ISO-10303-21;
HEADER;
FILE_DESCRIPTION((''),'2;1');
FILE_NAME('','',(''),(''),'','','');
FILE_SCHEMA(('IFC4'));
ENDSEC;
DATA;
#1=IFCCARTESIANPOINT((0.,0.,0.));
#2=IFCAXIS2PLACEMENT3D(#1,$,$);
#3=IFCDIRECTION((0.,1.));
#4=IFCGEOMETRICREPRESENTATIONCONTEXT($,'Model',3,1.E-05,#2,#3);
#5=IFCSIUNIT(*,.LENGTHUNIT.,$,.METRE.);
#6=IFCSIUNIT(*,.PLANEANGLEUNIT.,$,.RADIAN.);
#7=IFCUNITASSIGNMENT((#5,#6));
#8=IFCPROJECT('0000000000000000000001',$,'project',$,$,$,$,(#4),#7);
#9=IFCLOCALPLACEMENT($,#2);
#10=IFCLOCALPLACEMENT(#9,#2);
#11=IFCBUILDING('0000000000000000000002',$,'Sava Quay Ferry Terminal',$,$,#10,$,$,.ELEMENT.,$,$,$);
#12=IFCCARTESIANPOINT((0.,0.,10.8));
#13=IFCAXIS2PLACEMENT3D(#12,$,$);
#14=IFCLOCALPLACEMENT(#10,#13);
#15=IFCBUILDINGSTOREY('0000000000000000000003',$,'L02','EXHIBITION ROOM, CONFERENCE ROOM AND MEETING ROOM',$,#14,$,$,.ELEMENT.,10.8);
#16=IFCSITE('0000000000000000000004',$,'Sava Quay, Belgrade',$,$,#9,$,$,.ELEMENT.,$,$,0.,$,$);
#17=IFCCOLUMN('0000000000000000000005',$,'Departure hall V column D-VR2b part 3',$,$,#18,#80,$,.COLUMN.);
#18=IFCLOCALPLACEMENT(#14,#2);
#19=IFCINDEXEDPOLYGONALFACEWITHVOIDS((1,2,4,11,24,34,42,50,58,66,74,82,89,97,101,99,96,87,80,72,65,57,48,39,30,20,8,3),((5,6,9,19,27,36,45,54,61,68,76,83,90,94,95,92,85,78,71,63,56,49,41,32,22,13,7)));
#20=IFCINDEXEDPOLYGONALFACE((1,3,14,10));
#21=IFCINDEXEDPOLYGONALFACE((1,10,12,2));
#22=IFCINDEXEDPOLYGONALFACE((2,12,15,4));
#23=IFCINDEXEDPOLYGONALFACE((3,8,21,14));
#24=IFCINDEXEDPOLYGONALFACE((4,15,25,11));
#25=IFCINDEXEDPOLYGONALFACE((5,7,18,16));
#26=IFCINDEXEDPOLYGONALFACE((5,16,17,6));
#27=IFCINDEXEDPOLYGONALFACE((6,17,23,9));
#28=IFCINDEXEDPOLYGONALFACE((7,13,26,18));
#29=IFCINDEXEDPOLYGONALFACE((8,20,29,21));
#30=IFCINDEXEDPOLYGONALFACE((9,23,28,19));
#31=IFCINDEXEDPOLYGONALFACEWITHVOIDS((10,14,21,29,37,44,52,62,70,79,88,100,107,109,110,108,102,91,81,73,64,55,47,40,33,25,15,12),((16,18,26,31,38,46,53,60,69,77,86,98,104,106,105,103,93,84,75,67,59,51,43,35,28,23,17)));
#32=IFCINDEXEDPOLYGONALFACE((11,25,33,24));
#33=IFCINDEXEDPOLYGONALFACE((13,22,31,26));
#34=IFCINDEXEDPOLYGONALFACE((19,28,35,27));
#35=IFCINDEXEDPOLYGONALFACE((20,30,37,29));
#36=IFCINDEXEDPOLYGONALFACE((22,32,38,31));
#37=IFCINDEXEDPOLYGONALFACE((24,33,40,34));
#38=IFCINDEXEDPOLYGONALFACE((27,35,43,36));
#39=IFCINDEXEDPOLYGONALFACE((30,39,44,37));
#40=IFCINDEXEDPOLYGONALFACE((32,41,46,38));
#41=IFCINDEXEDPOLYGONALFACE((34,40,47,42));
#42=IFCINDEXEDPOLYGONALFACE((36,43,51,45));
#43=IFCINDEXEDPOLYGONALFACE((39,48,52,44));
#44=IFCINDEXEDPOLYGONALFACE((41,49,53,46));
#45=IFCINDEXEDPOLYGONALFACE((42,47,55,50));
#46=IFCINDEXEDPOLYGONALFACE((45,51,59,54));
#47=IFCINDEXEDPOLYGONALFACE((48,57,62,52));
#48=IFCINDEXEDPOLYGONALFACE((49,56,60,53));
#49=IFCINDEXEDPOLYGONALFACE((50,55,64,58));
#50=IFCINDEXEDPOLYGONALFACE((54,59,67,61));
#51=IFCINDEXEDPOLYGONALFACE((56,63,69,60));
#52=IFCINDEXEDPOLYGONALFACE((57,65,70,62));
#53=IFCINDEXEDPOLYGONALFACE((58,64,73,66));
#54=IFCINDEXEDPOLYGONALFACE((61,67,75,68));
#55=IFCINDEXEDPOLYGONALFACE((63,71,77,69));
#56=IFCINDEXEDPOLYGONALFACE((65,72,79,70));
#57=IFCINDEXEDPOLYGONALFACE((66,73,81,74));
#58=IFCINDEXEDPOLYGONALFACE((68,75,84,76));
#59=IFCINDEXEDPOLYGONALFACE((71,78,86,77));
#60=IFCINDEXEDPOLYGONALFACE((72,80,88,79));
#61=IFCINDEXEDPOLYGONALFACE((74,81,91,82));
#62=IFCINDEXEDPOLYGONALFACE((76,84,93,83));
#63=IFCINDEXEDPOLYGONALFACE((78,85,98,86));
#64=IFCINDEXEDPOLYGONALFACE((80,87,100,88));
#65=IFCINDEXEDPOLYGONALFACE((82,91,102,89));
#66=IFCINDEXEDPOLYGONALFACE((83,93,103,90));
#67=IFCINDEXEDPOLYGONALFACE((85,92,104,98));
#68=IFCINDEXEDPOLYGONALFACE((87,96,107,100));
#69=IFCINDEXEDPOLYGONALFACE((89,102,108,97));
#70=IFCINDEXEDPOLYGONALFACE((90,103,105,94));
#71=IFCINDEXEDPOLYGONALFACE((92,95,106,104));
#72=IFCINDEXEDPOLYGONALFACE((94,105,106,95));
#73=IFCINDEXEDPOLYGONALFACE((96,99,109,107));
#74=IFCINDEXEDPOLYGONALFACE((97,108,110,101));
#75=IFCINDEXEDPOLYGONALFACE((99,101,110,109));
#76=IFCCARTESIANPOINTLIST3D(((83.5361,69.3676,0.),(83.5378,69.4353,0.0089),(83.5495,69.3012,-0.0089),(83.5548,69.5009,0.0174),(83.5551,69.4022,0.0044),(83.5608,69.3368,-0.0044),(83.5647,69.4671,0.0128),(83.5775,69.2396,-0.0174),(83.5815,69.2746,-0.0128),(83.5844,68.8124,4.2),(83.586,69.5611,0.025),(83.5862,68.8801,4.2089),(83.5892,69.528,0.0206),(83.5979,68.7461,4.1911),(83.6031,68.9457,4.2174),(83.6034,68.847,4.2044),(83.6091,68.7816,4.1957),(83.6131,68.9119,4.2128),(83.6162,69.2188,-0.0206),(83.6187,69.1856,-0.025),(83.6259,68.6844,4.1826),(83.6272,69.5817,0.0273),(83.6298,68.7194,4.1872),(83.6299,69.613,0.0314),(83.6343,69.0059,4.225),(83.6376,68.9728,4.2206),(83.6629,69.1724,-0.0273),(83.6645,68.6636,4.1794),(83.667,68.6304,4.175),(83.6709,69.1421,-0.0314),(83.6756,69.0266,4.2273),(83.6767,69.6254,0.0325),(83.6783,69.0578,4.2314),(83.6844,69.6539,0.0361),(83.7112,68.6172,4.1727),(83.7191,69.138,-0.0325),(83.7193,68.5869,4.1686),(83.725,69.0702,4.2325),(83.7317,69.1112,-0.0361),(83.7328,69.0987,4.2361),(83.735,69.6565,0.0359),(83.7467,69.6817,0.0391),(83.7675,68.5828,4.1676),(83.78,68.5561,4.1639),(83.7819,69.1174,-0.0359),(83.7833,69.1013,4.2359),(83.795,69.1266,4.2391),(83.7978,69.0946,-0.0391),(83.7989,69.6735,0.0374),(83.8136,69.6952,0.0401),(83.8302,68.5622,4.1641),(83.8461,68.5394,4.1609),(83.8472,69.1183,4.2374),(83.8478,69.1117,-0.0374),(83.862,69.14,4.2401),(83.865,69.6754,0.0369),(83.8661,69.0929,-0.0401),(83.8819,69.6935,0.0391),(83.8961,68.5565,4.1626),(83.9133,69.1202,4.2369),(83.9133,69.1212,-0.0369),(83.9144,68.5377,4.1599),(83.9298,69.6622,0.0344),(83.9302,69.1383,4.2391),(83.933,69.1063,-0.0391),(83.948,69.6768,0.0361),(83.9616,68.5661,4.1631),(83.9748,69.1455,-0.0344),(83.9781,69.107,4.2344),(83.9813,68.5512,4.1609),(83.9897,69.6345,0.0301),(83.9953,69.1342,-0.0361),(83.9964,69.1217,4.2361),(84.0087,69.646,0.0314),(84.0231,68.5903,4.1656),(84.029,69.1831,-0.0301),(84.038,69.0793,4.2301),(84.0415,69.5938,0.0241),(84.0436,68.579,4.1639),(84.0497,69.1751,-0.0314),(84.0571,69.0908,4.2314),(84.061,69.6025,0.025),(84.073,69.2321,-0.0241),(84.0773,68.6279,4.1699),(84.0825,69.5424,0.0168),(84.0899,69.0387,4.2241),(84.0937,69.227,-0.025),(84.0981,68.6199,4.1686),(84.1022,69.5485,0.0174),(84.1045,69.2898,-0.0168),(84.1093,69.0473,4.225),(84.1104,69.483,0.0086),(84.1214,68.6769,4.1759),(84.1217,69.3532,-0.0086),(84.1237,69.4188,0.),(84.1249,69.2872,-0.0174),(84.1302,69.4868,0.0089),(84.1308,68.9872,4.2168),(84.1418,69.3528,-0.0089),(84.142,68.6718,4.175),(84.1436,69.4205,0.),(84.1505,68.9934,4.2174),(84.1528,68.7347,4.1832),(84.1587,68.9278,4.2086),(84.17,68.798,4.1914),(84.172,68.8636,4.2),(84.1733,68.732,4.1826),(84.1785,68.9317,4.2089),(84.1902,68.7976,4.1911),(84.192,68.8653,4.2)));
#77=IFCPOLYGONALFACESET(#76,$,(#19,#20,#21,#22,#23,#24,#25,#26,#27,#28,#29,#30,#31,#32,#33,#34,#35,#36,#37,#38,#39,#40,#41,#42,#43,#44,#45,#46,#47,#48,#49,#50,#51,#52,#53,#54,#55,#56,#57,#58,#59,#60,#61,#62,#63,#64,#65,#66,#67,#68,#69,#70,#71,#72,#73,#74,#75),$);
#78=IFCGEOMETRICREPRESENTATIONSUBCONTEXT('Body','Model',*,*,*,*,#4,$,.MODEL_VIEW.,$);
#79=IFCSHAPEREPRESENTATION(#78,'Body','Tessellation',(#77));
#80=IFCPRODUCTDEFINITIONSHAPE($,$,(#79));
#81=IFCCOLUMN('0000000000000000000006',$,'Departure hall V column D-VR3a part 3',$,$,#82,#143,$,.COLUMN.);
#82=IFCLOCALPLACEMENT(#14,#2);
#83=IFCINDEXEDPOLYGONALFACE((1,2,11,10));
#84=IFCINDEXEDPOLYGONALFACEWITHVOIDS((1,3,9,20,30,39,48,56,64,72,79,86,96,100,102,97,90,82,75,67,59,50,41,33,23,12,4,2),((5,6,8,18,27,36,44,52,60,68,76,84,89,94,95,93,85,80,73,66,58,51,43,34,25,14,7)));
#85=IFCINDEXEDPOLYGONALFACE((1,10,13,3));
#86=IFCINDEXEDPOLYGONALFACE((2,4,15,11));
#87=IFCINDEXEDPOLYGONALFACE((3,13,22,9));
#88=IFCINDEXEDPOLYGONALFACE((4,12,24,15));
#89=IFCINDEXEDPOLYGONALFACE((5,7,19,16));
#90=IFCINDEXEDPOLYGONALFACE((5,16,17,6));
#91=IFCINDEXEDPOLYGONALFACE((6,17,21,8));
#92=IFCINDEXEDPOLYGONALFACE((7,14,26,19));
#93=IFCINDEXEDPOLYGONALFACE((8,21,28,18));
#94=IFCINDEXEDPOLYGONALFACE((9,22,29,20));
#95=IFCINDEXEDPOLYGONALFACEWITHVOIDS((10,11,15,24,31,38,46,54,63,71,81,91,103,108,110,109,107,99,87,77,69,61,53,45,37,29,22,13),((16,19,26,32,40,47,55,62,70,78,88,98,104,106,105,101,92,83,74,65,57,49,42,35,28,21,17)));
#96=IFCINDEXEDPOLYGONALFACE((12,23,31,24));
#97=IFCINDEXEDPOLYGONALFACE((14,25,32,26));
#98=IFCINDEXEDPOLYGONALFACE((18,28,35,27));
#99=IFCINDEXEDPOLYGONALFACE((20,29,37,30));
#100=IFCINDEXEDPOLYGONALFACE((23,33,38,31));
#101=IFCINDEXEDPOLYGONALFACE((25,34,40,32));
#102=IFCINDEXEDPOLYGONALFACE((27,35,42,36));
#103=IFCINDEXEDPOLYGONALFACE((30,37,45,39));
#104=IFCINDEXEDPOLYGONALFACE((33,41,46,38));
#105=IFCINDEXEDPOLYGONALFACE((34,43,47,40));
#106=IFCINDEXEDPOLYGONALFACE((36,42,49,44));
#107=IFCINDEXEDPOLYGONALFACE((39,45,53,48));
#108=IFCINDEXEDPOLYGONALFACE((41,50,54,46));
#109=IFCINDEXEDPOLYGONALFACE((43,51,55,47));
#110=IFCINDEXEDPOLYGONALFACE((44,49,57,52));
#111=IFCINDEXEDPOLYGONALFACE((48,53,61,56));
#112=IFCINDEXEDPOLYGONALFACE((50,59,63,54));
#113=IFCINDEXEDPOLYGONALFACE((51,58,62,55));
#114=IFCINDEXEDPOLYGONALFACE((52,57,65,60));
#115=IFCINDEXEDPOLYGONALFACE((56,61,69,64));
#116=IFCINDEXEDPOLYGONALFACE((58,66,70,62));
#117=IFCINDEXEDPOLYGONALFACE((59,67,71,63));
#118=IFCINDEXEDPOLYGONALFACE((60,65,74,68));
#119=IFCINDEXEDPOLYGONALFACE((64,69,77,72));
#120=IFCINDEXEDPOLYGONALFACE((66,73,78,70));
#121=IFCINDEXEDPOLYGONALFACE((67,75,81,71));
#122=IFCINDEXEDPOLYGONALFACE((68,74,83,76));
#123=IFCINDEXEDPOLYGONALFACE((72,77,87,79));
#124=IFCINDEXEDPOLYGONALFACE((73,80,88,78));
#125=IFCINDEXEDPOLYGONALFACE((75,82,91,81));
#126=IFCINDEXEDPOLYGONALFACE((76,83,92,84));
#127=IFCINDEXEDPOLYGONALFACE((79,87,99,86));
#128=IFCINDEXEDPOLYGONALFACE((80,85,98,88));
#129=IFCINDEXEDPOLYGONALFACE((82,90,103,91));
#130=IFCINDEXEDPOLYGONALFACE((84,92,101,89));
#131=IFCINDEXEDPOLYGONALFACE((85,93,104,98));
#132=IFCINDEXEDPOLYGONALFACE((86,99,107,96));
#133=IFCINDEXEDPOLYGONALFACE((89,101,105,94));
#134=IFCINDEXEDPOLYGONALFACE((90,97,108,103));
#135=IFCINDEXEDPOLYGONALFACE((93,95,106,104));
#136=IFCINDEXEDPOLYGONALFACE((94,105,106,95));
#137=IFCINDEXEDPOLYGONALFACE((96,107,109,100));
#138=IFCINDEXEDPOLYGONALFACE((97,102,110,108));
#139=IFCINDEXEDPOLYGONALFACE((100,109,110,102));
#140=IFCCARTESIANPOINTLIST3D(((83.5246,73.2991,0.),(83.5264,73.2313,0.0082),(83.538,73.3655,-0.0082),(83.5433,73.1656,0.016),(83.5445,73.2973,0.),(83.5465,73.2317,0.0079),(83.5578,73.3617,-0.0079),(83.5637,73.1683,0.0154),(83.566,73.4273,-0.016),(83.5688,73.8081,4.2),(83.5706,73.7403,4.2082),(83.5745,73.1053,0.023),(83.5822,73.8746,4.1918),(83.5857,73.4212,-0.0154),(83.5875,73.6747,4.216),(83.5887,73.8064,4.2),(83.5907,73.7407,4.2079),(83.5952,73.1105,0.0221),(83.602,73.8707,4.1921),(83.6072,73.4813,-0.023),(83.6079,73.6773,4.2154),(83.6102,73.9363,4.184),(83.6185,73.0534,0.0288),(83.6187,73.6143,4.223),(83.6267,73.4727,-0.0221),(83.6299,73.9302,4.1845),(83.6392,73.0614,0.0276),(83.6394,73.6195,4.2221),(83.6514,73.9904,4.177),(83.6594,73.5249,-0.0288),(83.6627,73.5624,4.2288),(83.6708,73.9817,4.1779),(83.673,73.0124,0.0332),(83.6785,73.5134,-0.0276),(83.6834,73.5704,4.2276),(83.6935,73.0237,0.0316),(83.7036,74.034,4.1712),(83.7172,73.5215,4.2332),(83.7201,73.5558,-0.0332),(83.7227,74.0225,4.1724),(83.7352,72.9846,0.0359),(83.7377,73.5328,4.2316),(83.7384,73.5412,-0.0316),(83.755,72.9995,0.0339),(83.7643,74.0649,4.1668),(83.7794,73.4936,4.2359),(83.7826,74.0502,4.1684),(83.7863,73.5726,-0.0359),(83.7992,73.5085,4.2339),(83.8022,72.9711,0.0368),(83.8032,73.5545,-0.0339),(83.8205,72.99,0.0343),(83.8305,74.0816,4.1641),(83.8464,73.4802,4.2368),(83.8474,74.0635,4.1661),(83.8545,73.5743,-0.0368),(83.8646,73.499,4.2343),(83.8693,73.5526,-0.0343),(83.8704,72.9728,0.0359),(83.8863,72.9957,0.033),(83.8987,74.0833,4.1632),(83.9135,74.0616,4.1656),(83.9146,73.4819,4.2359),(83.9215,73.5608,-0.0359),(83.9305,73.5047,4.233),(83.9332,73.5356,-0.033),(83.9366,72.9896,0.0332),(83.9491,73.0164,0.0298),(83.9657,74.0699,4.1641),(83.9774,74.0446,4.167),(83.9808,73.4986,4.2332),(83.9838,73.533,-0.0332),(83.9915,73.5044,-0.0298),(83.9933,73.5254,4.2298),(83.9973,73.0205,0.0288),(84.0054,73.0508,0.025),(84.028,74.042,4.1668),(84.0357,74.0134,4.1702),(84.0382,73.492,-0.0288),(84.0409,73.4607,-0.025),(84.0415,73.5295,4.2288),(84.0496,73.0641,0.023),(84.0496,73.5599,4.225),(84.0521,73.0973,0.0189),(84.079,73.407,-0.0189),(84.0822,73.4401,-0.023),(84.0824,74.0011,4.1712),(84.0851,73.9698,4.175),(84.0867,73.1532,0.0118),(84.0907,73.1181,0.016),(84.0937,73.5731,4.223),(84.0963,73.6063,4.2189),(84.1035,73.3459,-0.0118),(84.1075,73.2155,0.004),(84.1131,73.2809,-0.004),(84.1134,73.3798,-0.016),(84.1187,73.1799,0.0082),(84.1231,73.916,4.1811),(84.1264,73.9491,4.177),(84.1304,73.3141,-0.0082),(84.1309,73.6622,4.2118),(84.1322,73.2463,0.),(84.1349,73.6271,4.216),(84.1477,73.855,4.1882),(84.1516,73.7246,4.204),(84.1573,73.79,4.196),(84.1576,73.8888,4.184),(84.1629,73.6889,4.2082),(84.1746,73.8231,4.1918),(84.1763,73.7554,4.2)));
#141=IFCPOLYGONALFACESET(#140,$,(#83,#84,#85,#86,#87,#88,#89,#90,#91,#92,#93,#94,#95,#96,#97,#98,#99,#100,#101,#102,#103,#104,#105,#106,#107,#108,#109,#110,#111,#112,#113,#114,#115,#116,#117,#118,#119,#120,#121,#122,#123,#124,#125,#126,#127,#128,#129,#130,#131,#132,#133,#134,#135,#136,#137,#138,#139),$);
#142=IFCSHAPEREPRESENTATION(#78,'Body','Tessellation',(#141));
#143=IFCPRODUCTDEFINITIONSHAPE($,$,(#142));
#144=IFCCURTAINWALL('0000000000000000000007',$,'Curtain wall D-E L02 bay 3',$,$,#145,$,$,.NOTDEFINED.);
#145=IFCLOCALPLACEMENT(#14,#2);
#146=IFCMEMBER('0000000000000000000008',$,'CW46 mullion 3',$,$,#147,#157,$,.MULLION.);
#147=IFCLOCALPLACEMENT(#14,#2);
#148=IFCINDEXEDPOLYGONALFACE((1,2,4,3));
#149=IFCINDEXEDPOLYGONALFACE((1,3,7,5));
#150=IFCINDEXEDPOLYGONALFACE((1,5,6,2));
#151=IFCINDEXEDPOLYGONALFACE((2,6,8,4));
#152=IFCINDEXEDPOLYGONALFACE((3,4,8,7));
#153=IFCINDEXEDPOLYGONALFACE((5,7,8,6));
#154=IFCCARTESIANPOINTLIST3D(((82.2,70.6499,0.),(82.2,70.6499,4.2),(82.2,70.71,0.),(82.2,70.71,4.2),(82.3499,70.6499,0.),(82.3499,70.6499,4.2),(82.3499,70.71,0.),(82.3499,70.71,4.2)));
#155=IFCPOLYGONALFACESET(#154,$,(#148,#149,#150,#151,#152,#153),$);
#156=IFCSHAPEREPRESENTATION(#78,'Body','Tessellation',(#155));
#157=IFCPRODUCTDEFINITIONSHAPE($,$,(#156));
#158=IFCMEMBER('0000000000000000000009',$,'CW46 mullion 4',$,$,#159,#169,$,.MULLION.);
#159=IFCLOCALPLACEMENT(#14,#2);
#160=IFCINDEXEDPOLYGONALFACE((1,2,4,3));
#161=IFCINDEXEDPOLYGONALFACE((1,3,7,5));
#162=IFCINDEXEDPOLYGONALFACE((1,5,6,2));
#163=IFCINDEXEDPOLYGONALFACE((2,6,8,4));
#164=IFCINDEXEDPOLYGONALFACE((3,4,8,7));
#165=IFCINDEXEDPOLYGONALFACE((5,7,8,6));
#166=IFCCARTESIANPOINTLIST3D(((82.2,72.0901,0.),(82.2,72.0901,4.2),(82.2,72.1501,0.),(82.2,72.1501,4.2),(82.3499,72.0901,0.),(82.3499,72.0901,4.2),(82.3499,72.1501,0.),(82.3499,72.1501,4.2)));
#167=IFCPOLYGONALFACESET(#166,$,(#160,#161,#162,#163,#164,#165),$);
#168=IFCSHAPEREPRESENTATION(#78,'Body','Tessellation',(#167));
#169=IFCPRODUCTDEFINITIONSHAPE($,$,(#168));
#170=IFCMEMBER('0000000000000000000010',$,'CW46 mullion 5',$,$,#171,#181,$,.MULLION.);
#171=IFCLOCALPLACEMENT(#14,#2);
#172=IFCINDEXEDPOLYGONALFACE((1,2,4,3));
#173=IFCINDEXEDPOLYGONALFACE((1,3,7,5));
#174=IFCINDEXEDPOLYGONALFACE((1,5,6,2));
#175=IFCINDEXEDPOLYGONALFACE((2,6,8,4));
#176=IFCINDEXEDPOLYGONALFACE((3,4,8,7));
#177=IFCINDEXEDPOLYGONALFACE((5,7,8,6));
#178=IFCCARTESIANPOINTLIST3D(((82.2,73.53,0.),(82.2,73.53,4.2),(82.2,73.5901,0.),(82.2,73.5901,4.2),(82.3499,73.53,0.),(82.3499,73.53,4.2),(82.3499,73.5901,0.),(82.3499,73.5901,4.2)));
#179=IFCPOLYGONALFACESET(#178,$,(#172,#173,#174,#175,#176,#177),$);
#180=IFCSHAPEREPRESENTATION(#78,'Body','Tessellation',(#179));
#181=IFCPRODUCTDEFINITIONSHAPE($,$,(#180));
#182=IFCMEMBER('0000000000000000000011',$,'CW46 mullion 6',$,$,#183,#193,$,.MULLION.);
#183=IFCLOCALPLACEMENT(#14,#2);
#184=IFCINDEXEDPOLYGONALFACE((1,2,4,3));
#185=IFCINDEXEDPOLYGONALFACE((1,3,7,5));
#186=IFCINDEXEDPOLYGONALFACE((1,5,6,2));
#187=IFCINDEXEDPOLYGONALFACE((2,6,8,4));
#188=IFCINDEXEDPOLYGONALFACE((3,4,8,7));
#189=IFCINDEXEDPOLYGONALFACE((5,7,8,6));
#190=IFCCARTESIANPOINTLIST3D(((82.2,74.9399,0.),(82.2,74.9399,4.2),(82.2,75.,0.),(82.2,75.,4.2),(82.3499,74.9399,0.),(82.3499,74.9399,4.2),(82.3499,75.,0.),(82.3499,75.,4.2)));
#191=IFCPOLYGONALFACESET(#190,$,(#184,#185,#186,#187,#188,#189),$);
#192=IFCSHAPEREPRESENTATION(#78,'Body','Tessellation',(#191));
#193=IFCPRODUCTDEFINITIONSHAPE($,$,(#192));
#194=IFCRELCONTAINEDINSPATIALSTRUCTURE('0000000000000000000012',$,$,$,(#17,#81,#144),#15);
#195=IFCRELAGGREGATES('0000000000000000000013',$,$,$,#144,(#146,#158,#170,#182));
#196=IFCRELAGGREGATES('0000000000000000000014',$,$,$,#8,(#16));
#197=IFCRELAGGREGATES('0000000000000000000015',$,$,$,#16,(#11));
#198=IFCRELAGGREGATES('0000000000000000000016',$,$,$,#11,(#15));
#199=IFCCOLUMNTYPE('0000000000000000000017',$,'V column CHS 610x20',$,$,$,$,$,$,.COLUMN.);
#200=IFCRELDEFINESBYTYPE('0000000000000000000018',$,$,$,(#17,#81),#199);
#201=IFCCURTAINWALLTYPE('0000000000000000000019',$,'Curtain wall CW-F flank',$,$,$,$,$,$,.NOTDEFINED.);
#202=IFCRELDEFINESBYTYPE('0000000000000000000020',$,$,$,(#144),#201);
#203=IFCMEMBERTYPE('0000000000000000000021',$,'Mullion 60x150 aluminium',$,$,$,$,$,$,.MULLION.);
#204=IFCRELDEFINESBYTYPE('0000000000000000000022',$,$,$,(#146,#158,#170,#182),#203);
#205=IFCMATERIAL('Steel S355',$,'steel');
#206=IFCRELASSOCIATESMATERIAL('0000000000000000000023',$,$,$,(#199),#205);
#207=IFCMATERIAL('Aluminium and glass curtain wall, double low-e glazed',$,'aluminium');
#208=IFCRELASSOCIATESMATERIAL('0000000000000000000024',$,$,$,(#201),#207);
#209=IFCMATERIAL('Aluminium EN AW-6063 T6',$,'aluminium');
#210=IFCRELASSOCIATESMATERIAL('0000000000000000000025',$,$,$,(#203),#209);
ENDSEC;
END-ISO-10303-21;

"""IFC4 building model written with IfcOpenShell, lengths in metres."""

from ifc_helpers import new_model, si_unit, direction, frame, origin, origin_2d, place, context, subcontext, project, spatial, rectangle, hollow_circle, extrude, material, material_profile, profile_set, type_object, element, aggregate, save


model = new_model("IFC4")

# Units and contexts
model_context = context("Model", 3, precision=1e-05, world=origin(), true_north=direction((0.0, 1.0)))
body_context = subcontext(model_context, "Body", "Model", "MODEL_VIEW")
ifc_project = project(units=[si_unit("LENGTHUNIT", "METRE"), si_unit("PLANEANGLEUNIT", "RADIAN")], contexts=[model_context])

# Site, building, storey
site_placement = place(None, origin())
site = spatial("IfcSite", under=ifc_project, at=site_placement, Name="Sava Quay, Belgrade", CompositionType="ELEMENT", RefElevation=0.0)
building_placement = place(site_placement, origin())
building = spatial("IfcBuilding", under=site, at=building_placement, Name="Sava Quay Ferry Terminal", CompositionType="ELEMENT")
storey_placement = place(building_placement, frame((0.0, 0.0, 10.8)))
storey = spatial("IfcBuildingStorey", under=building, at=storey_placement, Name="L02", Description="EXHIBITION ROOM, CONFERENCE ROOM AND MEETING ROOM", CompositionType="ELEMENT", Elevation=10.8)

# Columns
ifc_material_1 = material(Name="Steel S355", Category="steel")
ifc_material_profile_1 = material_profile(ifc_material_1, hollow_circle(Radius=0.3049, WallThickness=0.02, at=origin_2d()), Name="CHS 610 x 20.0")
ifc_profile_set_1 = profile_set([ifc_material_profile_1], Name="Steel S355")
column_type = type_object("IfcColumnType", Name="V column CHS 610x20", PredefinedType="COLUMN", material=ifc_profile_set_1)
column_1_placement = place(storey_placement, frame((83.8398, 69.394, 0.0), z_axis=(0.01141, -0.131038, 0.991312), x_axis=(0.996231, 0.086743, 0.0)))
element("IfcColumn", 1, at=column_1_placement, inside=storey, type_object=column_type, Name="Departure hall V column D-VR2b part 3", PredefinedType="COLUMN", context=body_context, shape_type="SweptSolid", body=[
    extrude(hollow_circle(Radius=0.3049, WallThickness=0.02, at=origin_2d()), origin(), (0.0, 0.0, 1.0), 4.2368),
])
column_2_placement = place(storey_placement, frame((83.8284, 73.2727, 0.0), z_axis=(0.010444, 0.120313, 0.992681), x_axis=(-0.996253, 0.086485, 0.0)))
element("IfcColumn", 2, at=column_2_placement, inside=storey, type_object=column_type, Name="Departure hall V column D-VR3a part 3", PredefinedType="COLUMN", context=body_context, shape_type="SweptSolid", body=[
    extrude(hollow_circle(Radius=0.3049, WallThickness=0.02, at=origin_2d()), origin(), (0.0, 0.0, 1.0), 4.231),
])

# Curtain wall, members
ifc_material_2 = material(Name="Aluminium and glass curtain wall, double low-e glazed", Category="aluminium")
curtain_wall_type = type_object("IfcCurtainWallType", Name="Curtain wall CW-F flank", PredefinedType="NOTDEFINED", material=ifc_material_2)
curtain_wall_placement = place(storey_placement, origin())
curtain_wall = element("IfcCurtainWall", 3, at=curtain_wall_placement, inside=storey, type_object=curtain_wall_type, Name="Curtain wall D-E L02 bay 3", PredefinedType="NOTDEFINED")
ifc_material_3 = material(Name="Aluminium EN AW-6063 T6", Category="aluminium")
ifc_material_profile_2 = material_profile(ifc_material_3, rectangle(XDim=0.1499, YDim=0.0601, at=origin_2d()), Name="Mullion 60x150 aluminium")
ifc_profile_set_2 = profile_set([ifc_material_profile_2], Name="Aluminium EN AW-6063 T6")
member_type_1 = type_object("IfcMemberType", Name="Mullion 60x150 aluminium", PredefinedType="MULLION", material=ifc_profile_set_2)
member_1_placement = place(storey_placement, frame((82.2749, 70.6799, 0.0), z_axis=(0.0, 0.0, 1.0), x_axis=(-1.0, 0.0, 0.0)))
member_1 = element("IfcMember", 4, at=member_1_placement, type_object=member_type_1, Name="CW46 mullion 3", PredefinedType="MULLION", context=body_context, shape_type="SweptSolid", body=[
    extrude(rectangle(XDim=0.1499, YDim=0.0601, at=origin_2d()), origin(), (0.0, 0.0, 1.0), 4.2),
])
member_2_placement = place(storey_placement, frame((82.2749, 72.1201, 0.0), z_axis=(0.0, 0.0, 1.0), x_axis=(-1.0, 0.0, 0.0)))
member_2 = element("IfcMember", 5, at=member_2_placement, type_object=member_type_1, Name="CW46 mullion 4", PredefinedType="MULLION", context=body_context, shape_type="SweptSolid", body=[
    extrude(rectangle(XDim=0.1499, YDim=0.0601, at=origin_2d()), origin(), (0.0, 0.0, 1.0), 4.2),
])
member_3_placement = place(storey_placement, frame((82.2749, 73.5601, 0.0), z_axis=(0.0, 0.0, 1.0), x_axis=(-1.0, 0.0, 0.0)))
member_3 = element("IfcMember", 6, at=member_3_placement, type_object=member_type_1, Name="CW46 mullion 5", PredefinedType="MULLION", context=body_context, shape_type="SweptSolid", body=[
    extrude(rectangle(XDim=0.1499, YDim=0.0601, at=origin_2d()), origin(), (0.0, 0.0, 1.0), 4.2),
])
member_4_placement = place(storey_placement, frame((82.2749, 74.97, 0.0), z_axis=(0.0, 0.0, 1.0), x_axis=(-1.0, 0.0, 0.0)))
member_4 = element("IfcMember", 7, at=member_4_placement, type_object=member_type_1, Name="CW46 mullion 6", PredefinedType="MULLION", context=body_context, shape_type="SweptSolid", body=[
    extrude(rectangle(XDim=0.1499, YDim=0.0601, at=origin_2d()), origin(), (0.0, 0.0, 1.0), 4.2),
])
aggregate(curtain_wall, [member_1, member_2, member_3, member_4])

save(model, "model.ifc")
